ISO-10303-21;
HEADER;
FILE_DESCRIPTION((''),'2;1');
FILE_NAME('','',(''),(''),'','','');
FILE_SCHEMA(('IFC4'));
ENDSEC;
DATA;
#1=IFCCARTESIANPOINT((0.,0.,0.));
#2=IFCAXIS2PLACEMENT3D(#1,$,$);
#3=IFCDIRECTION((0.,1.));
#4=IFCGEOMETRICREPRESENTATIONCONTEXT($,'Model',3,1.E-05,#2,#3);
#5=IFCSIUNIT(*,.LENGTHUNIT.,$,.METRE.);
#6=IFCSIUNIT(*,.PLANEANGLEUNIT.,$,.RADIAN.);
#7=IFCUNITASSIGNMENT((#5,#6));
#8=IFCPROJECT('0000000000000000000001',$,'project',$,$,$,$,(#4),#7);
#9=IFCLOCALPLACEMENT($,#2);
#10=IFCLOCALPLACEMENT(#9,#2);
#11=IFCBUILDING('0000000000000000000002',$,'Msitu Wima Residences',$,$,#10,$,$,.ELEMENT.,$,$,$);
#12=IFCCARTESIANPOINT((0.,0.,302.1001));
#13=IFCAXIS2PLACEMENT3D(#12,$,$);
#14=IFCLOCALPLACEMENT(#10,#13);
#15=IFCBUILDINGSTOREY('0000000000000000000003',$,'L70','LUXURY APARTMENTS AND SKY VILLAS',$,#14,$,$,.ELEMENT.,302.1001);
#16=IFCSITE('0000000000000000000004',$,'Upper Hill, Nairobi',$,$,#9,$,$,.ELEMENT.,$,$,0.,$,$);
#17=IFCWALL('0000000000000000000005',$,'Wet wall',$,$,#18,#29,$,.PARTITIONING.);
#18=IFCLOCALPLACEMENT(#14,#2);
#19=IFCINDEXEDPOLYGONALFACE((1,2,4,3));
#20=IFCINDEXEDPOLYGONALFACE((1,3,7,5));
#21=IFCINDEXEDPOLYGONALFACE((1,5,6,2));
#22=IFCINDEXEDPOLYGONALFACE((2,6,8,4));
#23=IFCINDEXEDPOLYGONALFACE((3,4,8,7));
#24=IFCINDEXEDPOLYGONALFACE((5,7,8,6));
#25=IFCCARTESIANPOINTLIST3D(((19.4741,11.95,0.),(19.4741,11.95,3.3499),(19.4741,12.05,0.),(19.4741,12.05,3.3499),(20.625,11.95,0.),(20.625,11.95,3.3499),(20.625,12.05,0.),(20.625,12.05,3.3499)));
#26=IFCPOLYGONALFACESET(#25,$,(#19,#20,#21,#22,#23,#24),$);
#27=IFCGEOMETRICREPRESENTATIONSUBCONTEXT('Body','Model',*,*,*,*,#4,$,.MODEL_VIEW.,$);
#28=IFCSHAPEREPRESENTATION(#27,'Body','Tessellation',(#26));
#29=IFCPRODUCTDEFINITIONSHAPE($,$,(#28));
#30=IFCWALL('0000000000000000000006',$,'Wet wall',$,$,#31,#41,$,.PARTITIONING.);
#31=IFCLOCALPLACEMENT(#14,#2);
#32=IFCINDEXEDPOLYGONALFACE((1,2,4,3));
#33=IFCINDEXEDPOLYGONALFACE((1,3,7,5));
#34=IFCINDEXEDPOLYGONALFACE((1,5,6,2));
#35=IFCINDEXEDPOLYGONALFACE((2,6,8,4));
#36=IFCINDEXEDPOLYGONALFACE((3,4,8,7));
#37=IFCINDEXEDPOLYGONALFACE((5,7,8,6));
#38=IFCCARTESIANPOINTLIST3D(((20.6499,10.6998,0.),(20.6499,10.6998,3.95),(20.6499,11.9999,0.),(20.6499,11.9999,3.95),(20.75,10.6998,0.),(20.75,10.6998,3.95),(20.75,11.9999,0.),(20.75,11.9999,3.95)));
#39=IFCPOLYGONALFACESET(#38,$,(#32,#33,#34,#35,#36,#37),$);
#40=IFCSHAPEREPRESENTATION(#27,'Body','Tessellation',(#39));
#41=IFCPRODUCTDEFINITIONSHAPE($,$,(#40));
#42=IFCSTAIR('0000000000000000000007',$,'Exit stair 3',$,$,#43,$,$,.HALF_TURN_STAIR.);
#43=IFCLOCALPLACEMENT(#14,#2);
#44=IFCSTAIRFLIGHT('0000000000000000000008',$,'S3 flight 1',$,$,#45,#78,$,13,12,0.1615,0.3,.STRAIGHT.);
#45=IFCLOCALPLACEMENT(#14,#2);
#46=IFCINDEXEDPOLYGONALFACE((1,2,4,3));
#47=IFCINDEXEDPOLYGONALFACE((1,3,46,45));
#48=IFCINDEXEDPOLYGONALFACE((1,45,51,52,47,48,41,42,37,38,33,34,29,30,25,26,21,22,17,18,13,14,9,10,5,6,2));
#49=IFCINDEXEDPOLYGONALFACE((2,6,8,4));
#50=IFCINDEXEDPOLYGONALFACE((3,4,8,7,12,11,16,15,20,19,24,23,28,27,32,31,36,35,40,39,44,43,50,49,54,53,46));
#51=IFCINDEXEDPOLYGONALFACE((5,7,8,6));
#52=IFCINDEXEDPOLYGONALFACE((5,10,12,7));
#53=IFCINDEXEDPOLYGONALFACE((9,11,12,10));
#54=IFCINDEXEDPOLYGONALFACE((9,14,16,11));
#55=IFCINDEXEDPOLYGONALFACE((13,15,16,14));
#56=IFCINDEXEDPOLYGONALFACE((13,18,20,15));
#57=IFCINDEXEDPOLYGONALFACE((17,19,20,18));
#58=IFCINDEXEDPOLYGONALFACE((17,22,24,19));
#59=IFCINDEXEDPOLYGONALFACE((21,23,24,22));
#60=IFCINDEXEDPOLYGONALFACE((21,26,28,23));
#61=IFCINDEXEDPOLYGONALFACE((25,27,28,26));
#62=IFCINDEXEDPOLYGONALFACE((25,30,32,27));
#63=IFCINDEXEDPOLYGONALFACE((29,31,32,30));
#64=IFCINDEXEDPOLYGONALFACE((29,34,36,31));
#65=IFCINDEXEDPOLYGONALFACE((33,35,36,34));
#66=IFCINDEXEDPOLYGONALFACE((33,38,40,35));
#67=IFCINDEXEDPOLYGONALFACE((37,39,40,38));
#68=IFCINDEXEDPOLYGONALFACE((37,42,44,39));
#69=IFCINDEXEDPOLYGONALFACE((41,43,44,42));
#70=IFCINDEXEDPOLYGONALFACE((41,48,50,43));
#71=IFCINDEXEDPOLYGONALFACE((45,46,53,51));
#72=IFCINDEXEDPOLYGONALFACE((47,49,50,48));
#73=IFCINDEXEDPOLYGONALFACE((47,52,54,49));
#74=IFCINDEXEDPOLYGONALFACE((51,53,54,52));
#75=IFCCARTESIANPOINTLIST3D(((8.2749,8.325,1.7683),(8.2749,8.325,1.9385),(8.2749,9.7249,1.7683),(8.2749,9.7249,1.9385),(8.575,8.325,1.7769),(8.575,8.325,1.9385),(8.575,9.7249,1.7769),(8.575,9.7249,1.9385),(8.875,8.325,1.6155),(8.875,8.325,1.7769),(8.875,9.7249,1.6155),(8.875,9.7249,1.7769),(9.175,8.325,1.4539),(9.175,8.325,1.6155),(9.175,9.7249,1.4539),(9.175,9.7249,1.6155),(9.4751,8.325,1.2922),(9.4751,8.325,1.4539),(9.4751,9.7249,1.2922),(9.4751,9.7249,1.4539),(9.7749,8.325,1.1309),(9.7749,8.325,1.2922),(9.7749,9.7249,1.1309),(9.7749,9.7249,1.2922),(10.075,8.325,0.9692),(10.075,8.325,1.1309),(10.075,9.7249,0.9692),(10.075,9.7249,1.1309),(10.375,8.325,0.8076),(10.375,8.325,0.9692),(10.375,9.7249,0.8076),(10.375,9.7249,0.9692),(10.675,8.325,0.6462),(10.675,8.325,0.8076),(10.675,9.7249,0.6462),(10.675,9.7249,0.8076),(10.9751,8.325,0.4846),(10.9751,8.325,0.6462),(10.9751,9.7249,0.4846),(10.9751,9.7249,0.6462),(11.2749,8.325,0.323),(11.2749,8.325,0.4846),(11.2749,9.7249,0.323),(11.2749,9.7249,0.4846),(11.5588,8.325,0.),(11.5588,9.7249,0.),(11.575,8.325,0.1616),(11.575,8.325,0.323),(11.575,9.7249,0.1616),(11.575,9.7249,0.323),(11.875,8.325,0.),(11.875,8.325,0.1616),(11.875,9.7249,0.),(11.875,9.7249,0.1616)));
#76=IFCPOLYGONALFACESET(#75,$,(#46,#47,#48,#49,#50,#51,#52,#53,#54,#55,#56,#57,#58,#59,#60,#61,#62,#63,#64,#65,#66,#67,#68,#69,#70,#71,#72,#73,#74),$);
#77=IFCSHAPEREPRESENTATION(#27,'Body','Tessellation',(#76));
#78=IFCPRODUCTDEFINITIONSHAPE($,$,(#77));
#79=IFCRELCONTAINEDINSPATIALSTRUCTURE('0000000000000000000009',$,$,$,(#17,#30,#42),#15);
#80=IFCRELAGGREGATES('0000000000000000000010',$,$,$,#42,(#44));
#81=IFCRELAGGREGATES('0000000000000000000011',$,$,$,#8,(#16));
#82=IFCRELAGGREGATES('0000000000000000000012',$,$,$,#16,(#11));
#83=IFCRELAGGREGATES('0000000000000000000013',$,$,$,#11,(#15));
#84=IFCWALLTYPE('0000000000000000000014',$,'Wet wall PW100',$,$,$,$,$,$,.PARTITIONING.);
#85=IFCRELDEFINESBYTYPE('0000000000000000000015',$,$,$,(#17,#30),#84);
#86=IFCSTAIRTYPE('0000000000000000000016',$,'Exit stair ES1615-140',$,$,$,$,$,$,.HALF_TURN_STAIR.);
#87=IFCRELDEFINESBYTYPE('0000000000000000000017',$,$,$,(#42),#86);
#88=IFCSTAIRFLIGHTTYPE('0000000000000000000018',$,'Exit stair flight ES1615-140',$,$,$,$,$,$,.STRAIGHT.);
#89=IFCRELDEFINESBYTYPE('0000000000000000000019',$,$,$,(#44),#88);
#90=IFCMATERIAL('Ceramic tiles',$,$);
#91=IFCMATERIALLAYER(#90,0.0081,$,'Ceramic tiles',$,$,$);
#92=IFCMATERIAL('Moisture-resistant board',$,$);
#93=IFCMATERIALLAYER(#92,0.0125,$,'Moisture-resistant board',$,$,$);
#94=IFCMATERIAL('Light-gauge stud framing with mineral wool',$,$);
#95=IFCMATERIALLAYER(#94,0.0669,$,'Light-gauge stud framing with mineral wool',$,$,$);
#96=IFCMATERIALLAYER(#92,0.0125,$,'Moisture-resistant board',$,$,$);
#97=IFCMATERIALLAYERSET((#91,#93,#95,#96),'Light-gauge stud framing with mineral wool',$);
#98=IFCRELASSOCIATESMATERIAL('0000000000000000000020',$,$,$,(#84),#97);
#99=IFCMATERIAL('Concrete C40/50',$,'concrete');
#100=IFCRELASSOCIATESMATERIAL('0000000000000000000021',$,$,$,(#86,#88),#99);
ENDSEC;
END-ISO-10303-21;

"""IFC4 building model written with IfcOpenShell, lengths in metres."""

from ifc_helpers import new_model, si_unit, direction, frame, frame_2d, origin, place, context, subcontext, project, spatial, polyline, rectangle, outline, extrude, material, layer, layer_set, type_object, element, aggregate, save


model = new_model("IFC4")

# Units and contexts
model_context = context("Model", 3, precision=1e-05, world=origin(), true_north=direction((0.0, 1.0)))
body_context = subcontext(model_context, "Body", "Model", "MODEL_VIEW")
ifc_project = project(units=[si_unit("LENGTHUNIT", "METRE"), si_unit("PLANEANGLEUNIT", "RADIAN")], contexts=[model_context])

# Site, building, storey
site_placement = place(None, origin())
site = spatial("IfcSite", under=ifc_project, at=site_placement, Name="Upper Hill, Nairobi", CompositionType="ELEMENT", RefElevation=0.0)
building_placement = place(site_placement, origin())
building = spatial("IfcBuilding", under=site, at=building_placement, Name="Msitu Wima Residences", CompositionType="ELEMENT")
storey_placement = place(building_placement, frame((0.0, 0.0, 302.1001)))
storey = spatial("IfcBuildingStorey", under=building, at=storey_placement, Name="L70", Description="LUXURY APARTMENTS AND SKY VILLAS", CompositionType="ELEMENT", Elevation=302.1001)

# Shared definitions
ifc_material_1 = material(Name="Ceramic tiles")
ifc_layer_1 = layer(ifc_material_1, 0.0081, Name="Ceramic tiles")
ifc_material_2 = material(Name="Moisture-resistant board")
ifc_layer_2 = layer(ifc_material_2, 0.0125, Name="Moisture-resistant board")
ifc_material_3 = material(Name="Light-gauge stud framing with mineral wool")
ifc_layer_3 = layer(ifc_material_3, 0.0669, Name="Light-gauge stud framing with mineral wool")
ifc_layer_4 = layer(ifc_material_2, 0.0125, Name="Moisture-resistant board")
ifc_layer_set_1 = layer_set([ifc_layer_1, ifc_layer_2, ifc_layer_3, ifc_layer_4], Name="Light-gauge stud framing with mineral wool")
wall_type_1 = type_object("IfcWallType", Name="Wet wall PW100", PredefinedType="PARTITIONING", material=ifc_layer_set_1)

# Walls
wall_1_placement = place(storey_placement, frame((19.4741, 12.0, 0.0), z_axis=(0.0, 0.0, 1.0), x_axis=(1.0, 0.0, 0.0)))
element("IfcWall", 1, at=wall_1_placement, inside=storey, type_object=wall_type_1, Name="Wet wall", PredefinedType="PARTITIONING", context=body_context, shape_type="SweptSolid", body=[
    extrude(rectangle(XDim=1.1509, YDim=0.1001, at=frame_2d((0.5754, 0.0))), origin(), (0.0, 0.0, 1.0), 3.3499),
])
wall_2_placement = place(storey_placement, frame((20.7, 10.7, 0.0), z_axis=(0.0, 0.0, 1.0), x_axis=(0.0, 1.0, 0.0)))
element("IfcWall", 2, at=wall_2_placement, inside=storey, type_object=wall_type_1, Name="Wet wall", PredefinedType="PARTITIONING", context=body_context, shape_type="SweptSolid", body=[
    extrude(rectangle(XDim=1.3, YDim=0.1001, at=frame_2d((0.6499, 0.0))), origin(), (0.0, 0.0, 1.0), 3.95),
])

# Stair, stair flight
ifc_material_4 = material(Name="Concrete C40/50", Category="concrete")
stair_type = type_object("IfcStairType", Name="Exit stair ES1615-140", PredefinedType="HALF_TURN_STAIR", material=ifc_material_4)
stair_placement = place(storey_placement, origin())
stair = element("IfcStair", 3, at=stair_placement, inside=storey, type_object=stair_type, Name="Exit stair 3", PredefinedType="HALF_TURN_STAIR")
stair_flight_type = type_object("IfcStairFlightType", Name="Exit stair flight ES1615-140", PredefinedType="STRAIGHT", material=ifc_material_4)
stair_flight_placement = place(storey_placement, frame((11.875, 9.0249, 0.0), z_axis=(0.0, 0.0, 1.0), x_axis=(-1.0, 0.0, 0.0)))
stair_flight = element("IfcStairFlight", 4, at=stair_flight_placement, type_object=stair_flight_type, Name="S3 flight 1", NumberOfRisers=13, NumberOfTreads=12, PredefinedType="STRAIGHT", RiserHeight=0.1615, TreadLength=0.3, context=body_context, shape_type="SweptSolid", body=[
    extrude(outline(polyline([(0.0, 0.0), (0.0, 0.1616), (0.3, 0.1616), (0.3, 0.323), (0.6001, 0.323), (0.6001, 0.4846), (0.8999, 0.4846), (0.8999, 0.6462), (1.2, 0.6462), (1.2, 0.8076), (1.5, 0.8076), (1.5, 0.9692), (1.8, 0.9692), (1.8, 1.1309), (2.1001, 1.1309), (2.1001, 1.2922), (2.3999, 1.2922), (2.3999, 1.4539), (2.7, 1.4539), (2.7, 1.6155), (3.0, 1.6155), (3.0, 1.7769), (3.3, 1.7769), (3.3, 1.9385), (3.6001, 1.9385), (3.6001, 2.1001), (3.6001, 1.7683), (0.3162, 0.0), (0.0, 0.0)])), frame((0.0, 0.7, 0.0), z_axis=(0.0, -1.0, 0.0), x_axis=(1.0, 0.0, 0.0)), (0.0, 0.0, 1.0), 1.3999),
])
aggregate(stair, [stair_flight])

save(model, "model.ifc")
